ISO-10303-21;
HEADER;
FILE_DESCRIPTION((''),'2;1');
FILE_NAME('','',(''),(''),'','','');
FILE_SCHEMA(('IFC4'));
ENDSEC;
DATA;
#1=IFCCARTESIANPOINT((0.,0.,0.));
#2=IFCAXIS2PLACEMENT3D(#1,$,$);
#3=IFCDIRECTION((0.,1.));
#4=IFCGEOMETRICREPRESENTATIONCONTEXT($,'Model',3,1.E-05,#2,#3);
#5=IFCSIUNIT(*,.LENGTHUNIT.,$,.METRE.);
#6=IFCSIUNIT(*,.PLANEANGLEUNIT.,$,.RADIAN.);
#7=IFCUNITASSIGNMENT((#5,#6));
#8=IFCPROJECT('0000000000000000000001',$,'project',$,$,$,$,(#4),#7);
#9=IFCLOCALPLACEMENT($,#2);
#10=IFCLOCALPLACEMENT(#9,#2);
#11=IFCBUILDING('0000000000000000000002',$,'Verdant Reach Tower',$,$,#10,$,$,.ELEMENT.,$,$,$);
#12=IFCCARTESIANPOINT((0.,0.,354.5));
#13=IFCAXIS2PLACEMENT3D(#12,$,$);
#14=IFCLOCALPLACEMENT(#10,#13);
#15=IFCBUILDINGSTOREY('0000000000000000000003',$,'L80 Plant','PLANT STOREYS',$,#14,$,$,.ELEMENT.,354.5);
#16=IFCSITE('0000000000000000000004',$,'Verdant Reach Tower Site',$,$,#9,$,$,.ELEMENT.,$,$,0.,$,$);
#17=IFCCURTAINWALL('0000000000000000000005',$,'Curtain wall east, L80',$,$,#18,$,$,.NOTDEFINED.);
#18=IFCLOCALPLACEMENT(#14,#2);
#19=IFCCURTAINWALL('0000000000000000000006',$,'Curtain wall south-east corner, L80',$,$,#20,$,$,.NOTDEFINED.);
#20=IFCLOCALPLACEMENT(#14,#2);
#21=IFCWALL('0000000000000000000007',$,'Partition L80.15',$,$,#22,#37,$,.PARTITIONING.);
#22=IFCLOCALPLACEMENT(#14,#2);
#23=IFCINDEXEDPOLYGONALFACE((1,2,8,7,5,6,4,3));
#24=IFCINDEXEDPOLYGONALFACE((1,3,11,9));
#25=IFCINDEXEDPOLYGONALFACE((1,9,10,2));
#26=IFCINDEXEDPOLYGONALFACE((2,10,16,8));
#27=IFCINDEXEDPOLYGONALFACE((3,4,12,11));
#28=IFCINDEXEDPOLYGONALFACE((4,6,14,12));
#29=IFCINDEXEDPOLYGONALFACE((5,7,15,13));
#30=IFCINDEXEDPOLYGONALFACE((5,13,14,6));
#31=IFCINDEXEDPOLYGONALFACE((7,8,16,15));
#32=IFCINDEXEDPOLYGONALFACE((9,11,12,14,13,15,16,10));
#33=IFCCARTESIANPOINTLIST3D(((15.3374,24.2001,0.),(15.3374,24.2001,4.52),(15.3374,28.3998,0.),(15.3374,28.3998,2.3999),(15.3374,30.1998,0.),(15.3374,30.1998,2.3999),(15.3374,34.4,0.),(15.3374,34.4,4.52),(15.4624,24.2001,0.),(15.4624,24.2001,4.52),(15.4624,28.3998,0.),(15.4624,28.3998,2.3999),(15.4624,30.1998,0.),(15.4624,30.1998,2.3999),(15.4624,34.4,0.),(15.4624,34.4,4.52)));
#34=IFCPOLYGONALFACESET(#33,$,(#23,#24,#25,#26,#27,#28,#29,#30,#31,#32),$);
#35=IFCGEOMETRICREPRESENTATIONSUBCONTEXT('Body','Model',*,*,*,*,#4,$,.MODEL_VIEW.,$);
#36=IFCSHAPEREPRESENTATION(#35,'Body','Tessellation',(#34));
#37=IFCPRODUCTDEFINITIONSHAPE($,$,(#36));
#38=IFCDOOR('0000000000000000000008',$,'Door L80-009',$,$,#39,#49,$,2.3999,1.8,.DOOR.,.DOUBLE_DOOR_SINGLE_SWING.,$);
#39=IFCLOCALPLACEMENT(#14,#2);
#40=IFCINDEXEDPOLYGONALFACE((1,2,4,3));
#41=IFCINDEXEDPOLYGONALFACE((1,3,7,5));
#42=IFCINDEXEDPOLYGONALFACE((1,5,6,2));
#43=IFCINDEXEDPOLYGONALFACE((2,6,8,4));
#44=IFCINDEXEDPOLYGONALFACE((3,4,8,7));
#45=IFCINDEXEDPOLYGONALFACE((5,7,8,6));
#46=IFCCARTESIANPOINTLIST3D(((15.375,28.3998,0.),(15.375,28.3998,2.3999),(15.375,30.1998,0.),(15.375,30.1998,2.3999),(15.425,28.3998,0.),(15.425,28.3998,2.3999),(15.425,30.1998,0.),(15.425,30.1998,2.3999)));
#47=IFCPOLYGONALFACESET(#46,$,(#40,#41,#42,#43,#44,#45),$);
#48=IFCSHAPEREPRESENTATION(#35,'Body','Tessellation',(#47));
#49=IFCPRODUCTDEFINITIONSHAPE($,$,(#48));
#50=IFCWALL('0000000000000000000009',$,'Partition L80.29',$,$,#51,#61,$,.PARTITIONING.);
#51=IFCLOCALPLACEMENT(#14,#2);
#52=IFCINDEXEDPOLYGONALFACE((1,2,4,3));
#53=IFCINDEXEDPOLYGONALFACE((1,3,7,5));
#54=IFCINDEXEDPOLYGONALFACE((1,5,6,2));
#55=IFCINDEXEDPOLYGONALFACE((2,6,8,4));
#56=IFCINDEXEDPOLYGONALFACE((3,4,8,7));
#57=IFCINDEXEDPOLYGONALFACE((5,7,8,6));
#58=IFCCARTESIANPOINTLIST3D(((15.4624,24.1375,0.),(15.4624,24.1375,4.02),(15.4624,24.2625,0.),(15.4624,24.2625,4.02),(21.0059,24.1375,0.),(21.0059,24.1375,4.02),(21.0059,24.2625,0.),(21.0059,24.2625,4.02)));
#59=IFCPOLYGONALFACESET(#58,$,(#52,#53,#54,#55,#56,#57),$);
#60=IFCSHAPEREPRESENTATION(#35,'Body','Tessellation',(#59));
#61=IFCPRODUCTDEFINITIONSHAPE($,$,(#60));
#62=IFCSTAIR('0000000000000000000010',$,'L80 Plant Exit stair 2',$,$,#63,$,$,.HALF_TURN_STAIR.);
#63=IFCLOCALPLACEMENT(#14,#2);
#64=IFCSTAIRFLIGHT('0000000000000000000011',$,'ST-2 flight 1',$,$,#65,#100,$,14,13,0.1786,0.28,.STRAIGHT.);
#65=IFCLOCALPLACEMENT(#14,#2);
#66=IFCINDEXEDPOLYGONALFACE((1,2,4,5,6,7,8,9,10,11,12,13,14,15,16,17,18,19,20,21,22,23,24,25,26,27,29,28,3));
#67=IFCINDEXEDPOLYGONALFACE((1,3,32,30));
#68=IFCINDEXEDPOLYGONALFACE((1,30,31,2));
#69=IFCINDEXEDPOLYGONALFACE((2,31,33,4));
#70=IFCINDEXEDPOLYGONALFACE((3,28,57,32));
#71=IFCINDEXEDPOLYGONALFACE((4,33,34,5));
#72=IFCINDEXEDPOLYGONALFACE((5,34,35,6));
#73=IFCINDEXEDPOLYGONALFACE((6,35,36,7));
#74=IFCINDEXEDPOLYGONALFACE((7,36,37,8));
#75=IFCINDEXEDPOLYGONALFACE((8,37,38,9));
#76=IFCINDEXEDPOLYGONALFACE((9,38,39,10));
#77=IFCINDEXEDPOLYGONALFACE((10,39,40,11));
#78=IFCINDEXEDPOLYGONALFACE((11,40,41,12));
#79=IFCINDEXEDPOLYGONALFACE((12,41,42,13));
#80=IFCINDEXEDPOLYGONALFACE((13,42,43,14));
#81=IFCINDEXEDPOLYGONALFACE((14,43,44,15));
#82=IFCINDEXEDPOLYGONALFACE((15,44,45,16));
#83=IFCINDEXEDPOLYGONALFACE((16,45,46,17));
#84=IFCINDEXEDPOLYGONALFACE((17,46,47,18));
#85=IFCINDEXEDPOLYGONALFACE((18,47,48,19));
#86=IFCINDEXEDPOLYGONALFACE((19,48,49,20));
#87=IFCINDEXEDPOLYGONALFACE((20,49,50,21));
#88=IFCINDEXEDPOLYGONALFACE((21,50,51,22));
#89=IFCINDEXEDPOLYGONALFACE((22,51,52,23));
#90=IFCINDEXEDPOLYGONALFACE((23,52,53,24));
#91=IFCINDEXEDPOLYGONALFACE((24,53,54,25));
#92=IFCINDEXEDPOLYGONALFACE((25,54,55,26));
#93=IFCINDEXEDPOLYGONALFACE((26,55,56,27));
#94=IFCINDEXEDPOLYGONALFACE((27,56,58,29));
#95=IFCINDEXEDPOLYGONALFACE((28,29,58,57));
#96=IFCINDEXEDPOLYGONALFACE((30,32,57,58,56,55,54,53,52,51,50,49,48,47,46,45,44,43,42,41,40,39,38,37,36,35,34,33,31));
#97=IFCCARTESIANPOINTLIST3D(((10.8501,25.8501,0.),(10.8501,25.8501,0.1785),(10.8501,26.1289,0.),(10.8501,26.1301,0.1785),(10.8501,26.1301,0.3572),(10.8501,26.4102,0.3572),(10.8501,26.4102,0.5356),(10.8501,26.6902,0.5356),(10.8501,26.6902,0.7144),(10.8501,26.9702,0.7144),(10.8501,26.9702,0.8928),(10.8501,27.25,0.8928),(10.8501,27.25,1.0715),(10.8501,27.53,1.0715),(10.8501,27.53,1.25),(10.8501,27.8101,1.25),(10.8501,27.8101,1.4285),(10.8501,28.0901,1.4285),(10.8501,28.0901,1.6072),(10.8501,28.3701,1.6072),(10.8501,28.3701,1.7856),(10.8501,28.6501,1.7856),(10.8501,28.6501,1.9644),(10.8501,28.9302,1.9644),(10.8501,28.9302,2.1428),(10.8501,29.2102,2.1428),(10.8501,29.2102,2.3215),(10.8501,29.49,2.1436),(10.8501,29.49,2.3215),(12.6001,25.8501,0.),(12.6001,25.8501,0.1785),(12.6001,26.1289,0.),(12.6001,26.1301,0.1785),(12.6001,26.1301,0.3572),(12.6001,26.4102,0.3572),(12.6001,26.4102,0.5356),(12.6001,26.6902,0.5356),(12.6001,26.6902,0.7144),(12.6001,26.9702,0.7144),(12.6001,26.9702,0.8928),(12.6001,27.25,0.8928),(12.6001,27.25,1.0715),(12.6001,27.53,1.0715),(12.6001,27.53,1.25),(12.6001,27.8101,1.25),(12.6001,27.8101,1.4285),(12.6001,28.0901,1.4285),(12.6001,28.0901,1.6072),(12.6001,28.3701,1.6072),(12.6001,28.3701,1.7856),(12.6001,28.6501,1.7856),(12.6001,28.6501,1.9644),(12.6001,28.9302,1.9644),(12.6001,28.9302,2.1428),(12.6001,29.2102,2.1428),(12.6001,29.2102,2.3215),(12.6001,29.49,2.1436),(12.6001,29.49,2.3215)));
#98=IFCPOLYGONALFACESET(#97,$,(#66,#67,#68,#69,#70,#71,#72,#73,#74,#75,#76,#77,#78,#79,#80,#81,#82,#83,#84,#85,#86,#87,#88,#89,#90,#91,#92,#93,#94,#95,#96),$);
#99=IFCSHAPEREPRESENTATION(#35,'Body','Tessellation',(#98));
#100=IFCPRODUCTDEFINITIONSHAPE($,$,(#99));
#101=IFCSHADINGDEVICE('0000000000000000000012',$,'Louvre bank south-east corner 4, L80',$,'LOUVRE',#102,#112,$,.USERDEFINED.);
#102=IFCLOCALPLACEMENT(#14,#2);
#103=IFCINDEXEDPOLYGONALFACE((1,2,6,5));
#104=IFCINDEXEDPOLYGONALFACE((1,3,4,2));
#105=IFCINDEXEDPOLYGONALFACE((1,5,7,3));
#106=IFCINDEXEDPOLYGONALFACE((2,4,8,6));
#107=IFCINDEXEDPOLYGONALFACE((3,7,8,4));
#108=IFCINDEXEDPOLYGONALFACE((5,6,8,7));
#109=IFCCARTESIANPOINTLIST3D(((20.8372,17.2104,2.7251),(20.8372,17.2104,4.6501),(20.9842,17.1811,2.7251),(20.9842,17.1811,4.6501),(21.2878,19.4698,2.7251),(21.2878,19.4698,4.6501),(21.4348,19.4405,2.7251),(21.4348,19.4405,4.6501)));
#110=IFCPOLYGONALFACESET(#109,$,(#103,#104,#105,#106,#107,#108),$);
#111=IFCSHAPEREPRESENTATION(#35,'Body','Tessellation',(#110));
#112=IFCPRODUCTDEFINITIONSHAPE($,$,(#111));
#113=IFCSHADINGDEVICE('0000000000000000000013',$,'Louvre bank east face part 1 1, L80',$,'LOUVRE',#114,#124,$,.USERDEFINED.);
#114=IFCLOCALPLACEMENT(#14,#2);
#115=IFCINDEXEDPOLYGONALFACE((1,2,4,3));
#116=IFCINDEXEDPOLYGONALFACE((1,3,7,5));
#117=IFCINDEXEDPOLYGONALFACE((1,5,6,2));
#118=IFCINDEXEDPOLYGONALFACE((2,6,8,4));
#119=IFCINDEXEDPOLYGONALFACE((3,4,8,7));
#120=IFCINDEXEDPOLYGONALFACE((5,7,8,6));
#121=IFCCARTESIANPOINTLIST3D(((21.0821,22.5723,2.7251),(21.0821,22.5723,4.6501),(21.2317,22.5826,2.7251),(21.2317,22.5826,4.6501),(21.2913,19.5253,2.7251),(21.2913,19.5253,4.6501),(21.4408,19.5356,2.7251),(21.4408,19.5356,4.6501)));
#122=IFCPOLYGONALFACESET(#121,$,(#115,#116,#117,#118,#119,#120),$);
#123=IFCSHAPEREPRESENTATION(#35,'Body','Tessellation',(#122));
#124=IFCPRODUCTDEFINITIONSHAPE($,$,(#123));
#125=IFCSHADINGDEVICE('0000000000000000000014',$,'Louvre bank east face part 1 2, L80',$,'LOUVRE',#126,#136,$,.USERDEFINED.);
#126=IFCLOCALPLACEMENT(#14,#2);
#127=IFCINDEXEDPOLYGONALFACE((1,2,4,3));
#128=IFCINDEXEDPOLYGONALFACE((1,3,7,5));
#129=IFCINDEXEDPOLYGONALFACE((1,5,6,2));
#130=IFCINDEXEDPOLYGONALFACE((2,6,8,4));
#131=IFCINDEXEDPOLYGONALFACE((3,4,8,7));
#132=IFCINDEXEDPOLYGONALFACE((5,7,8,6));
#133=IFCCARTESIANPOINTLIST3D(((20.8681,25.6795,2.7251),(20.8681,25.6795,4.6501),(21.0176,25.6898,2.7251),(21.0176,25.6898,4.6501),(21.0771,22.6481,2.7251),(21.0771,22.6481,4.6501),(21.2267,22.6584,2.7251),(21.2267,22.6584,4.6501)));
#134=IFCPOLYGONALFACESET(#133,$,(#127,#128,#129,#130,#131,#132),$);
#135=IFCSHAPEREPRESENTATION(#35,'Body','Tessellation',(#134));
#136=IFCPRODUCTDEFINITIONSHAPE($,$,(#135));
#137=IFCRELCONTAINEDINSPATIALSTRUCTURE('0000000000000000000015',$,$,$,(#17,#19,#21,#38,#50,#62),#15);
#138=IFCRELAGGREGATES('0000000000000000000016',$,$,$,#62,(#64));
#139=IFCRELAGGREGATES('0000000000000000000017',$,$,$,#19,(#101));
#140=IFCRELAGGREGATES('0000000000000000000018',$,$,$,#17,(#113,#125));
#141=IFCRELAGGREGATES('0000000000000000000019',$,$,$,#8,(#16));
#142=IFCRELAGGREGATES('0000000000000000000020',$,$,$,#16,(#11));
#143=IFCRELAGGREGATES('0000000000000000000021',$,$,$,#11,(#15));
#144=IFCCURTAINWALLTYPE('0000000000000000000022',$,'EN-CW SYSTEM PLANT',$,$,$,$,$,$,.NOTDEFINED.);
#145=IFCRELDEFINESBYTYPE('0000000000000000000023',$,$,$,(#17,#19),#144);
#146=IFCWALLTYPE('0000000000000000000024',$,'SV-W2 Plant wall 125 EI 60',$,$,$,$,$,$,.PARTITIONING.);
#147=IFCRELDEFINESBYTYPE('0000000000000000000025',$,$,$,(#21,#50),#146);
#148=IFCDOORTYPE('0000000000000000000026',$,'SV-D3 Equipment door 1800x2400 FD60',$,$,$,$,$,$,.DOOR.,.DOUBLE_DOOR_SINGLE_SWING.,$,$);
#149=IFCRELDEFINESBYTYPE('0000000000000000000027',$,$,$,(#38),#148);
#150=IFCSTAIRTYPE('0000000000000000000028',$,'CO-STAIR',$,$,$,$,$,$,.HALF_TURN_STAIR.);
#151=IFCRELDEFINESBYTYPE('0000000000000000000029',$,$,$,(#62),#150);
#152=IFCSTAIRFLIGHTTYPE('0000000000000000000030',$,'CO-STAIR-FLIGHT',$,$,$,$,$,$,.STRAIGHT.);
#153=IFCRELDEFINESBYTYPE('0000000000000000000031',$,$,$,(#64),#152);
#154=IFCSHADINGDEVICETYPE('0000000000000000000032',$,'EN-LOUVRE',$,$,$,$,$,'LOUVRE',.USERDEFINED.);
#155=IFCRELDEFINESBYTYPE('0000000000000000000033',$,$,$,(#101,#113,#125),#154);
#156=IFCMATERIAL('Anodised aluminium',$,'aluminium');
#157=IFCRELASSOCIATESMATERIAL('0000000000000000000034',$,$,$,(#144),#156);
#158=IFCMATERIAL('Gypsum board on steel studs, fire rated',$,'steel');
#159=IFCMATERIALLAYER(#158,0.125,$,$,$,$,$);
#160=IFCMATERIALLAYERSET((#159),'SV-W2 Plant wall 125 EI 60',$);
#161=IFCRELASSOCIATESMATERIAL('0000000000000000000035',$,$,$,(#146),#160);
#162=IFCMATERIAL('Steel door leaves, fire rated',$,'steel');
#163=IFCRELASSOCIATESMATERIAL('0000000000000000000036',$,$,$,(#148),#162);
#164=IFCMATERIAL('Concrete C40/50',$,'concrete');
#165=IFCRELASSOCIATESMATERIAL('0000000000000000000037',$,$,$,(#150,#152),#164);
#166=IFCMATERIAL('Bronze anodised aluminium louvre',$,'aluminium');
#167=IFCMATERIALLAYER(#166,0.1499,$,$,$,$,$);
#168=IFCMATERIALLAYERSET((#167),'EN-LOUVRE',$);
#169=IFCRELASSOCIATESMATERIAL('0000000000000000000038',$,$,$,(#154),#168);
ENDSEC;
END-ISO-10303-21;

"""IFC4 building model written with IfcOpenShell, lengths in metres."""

from ifc_helpers import new_model, si_unit, direction, frame, frame_2d, origin, origin_2d, place, context, subcontext, project, spatial, polyline, rectangle, outline, extrude, material, layer, layer_set, type_object, element, fill, aggregate, save


model = new_model("IFC4")

# Units and contexts
model_context = context("Model", 3, precision=1e-05, world=origin(), true_north=direction((0.0, 1.0)))
body_context = subcontext(model_context, "Body", "Model", "MODEL_VIEW")
ifc_project = project(units=[si_unit("LENGTHUNIT", "METRE"), si_unit("PLANEANGLEUNIT", "RADIAN")], contexts=[model_context])

# Site, building, storey
site_placement = place(None, origin())
site = spatial("IfcSite", under=ifc_project, at=site_placement, Name="Verdant Reach Tower Site", CompositionType="ELEMENT", RefElevation=0.0)
building_placement = place(site_placement, origin())
building = spatial("IfcBuilding", under=site, at=building_placement, Name="Verdant Reach Tower", CompositionType="ELEMENT")
storey_placement = place(building_placement, frame((0.0, 0.0, 354.5)))
storey = spatial("IfcBuildingStorey", under=building, at=storey_placement, Name="L80 Plant", Description="PLANT STOREYS", CompositionType="ELEMENT", Elevation=354.5)

# Curtain wall
ifc_material_1 = material(Name="Anodised aluminium", Category="aluminium")
curtain_wall_type = type_object("IfcCurtainWallType", Name="EN-CW SYSTEM PLANT", PredefinedType="NOTDEFINED", material=ifc_material_1)
curtain_wall_1_placement = place(storey_placement, origin())
curtain_wall_1 = element("IfcCurtainWall", 1, at=curtain_wall_1_placement, inside=storey, type_object=curtain_wall_type, Name="Curtain wall east, L80", PredefinedType="NOTDEFINED")

# Curtain wall
curtain_wall_2_placement = place(storey_placement, origin())
curtain_wall_2 = element("IfcCurtainWall", 2, at=curtain_wall_2_placement, inside=storey, type_object=curtain_wall_type, Name="Curtain wall south-east corner, L80", PredefinedType="NOTDEFINED")

# Shared definitions
ifc_material_2 = material(Name="Concrete C40/50", Category="concrete")

# Wall, opening, door
ifc_material_3 = material(Name="Gypsum board on steel studs, fire rated", Category="steel")
ifc_layer_1 = layer(ifc_material_3, 0.125)
ifc_layer_set_1 = layer_set([ifc_layer_1], Name="SV-W2 Plant wall 125 EI 60")
wall_type_1 = type_object("IfcWallType", Name="SV-W2 Plant wall 125 EI 60", PredefinedType="PARTITIONING", material=ifc_layer_set_1)
wall_1_placement = place(storey_placement, frame((15.3999, 24.2, 0.0), z_axis=(0.0, 0.0, 1.0), x_axis=(0.0, 1.0, 0.0)))
wall_1 = element("IfcWall", 3, at=wall_1_placement, inside=storey, type_object=wall_type_1, Name="Partition L80.15", PredefinedType="PARTITIONING", context=body_context, shape_type="SweptSolid", body=[
    extrude(rectangle(XDim=10.2, YDim=0.125, at=frame_2d((5.1001, 0.0))), origin(), (0.0, 0.0, 1.0), 4.52),
])
opening_1_placement = place(wall_1_placement, frame((4.2, 0.0, 0.0)))
opening_1 = element("IfcOpeningElement", 4, at=opening_1_placement, cuts=wall_1, PredefinedType="OPENING", context=body_context, shape_type="SweptSolid", body=[
    extrude(rectangle(XDim=1.8, YDim=2.3999, at=frame_2d((0.8999, 1.2))), frame((0.0, 0.0725, 0.0), z_axis=(0.0, -1.0, 0.0), x_axis=(1.0, 0.0, 0.0)), (0.0, 0.0, 1.0), 0.145),
])
ifc_material_4 = material(Name="Steel door leaves, fire rated", Category="steel")
door_type_1 = type_object("IfcDoorType", Name="SV-D3 Equipment door 1800x2400 FD60", OperationType="DOUBLE_DOOR_SINGLE_SWING", PredefinedType="DOOR", material=ifc_material_4)
door_1_placement = place(opening_1_placement, origin())
door_1 = element("IfcDoor", 5, at=door_1_placement, inside=storey, type_object=door_type_1, Name="Door L80-009", OperationType="DOUBLE_DOOR_SINGLE_SWING", OverallHeight=2.3999, OverallWidth=1.8, PredefinedType="DOOR", context=body_context, shape_type="SweptSolid", body=[
    extrude(rectangle(XDim=1.8, YDim=2.3999, at=frame_2d((0.8999, 1.2))), frame((0.0, 0.0249, 0.0), z_axis=(0.0, -1.0, 0.0), x_axis=(1.0, 0.0, 0.0)), (0.0, 0.0, 1.0), 0.05),
])
fill(opening_1, door_1)

# Wall
wall_2_placement = place(storey_placement, frame((15.4624, 24.2, 0.0), z_axis=(0.0, 0.0, 1.0), x_axis=(1.0, 0.0, 0.0)))
element("IfcWall", 6, at=wall_2_placement, inside=storey, type_object=wall_type_1, Name="Partition L80.29", PredefinedType="PARTITIONING", context=body_context, shape_type="SweptSolid", body=[
    extrude(rectangle(XDim=5.5435, YDim=0.125, at=frame_2d((2.7717, 0.0))), origin(), (0.0, 0.0, 1.0), 4.02),
])

# Stair, stair flight
stair_type = type_object("IfcStairType", Name="CO-STAIR", PredefinedType="HALF_TURN_STAIR", material=ifc_material_2)
stair_placement = place(storey_placement, origin())
stair = element("IfcStair", 7, at=stair_placement, inside=storey, type_object=stair_type, Name="L80 Plant Exit stair 2", PredefinedType="HALF_TURN_STAIR")
stair_flight_type = type_object("IfcStairFlightType", Name="CO-STAIR-FLIGHT", PredefinedType="STRAIGHT", material=ifc_material_2)
stair_flight_placement = place(storey_placement, frame((11.7251, 25.8501, 0.0), z_axis=(0.0, 0.0, 1.0), x_axis=(0.0, 1.0, 0.0)))
stair_flight = element("IfcStairFlight", 8, at=stair_flight_placement, type_object=stair_flight_type, Name="ST-2 flight 1", NumberOfRisers=14, NumberOfTreads=13, PredefinedType="STRAIGHT", RiserHeight=0.1786, TreadLength=0.28, context=body_context, shape_type="SweptSolid", body=[
    extrude(outline(polyline([(0.0, 0.0), (0.0, 0.1785), (0.28, 0.1785), (0.28, 0.3572), (0.5601, 0.3572), (0.5601, 0.5356), (0.8401, 0.5356), (0.8401, 0.7144), (1.1201, 0.7144), (1.1201, 0.8928), (1.3999, 0.8928), (1.3999, 1.0715), (1.6799, 1.0715), (1.6799, 1.25), (1.96, 1.25), (1.96, 1.4285), (2.24, 1.4285), (2.24, 1.6072), (2.52, 1.6072), (2.52, 1.7856), (2.8, 1.7856), (2.8, 1.9644), (3.0801, 1.9644), (3.0801, 2.1428), (3.3601, 2.1428), (3.3601, 2.3215), (3.6399, 2.3215), (3.6399, 2.5), (3.6399, 2.1436), (0.2788, 0.0), (0.0, 0.0)])), frame((0.0, 0.875, 0.0), z_axis=(0.0, -1.0, 0.0), x_axis=(1.0, 0.0, 0.0)), (0.0, 0.0, 1.0), 1.75),
])
aggregate(stair, [stair_flight])

# Shading devices
ifc_material_5 = material(Name="Bronze anodised aluminium louvre", Category="aluminium")
ifc_layer_2 = layer(ifc_material_5, 0.1499)
ifc_layer_set_2 = layer_set([ifc_layer_2], Name="EN-LOUVRE")
shading_device_type = type_object("IfcShadingDeviceType", Name="EN-LOUVRE", ElementType="LOUVRE", PredefinedType="USERDEFINED", material=ifc_layer_set_2)
shading_device_1_placement = place(storey_placement, frame((21.136, 18.3254, 2.7251), z_axis=(0.0, 0.0, 1.0), x_axis=(0.195593, 0.980685, 0.0)))
shading_device_1 = element("IfcShadingDevice", 9, at=shading_device_1_placement, type_object=shading_device_type, Name="Louvre bank south-east corner 4, L80", ObjectType="LOUVRE", PredefinedType="USERDEFINED", context=body_context, shape_type="SweptSolid", body=[
    extrude(rectangle(XDim=2.304, YDim=0.1499, at=origin_2d()), origin(), (0.0, 0.0, 1.0), 1.925),
])
aggregate(curtain_wall_2, [shading_device_1])
shading_device_2_placement = place(storey_placement, frame((21.2615, 21.054, 2.7251), z_axis=(0.0, 0.0, 1.0), x_axis=(-0.068469, 0.997653, 0.0)))
shading_device_2 = element("IfcShadingDevice", 10, at=shading_device_2_placement, type_object=shading_device_type, Name="Louvre bank east face part 1 1, L80", ObjectType="LOUVRE", PredefinedType="USERDEFINED", context=body_context, shape_type="SweptSolid", body=[
    extrude(rectangle(XDim=3.0542, YDim=0.1499, at=origin_2d()), origin(), (0.0, 0.0, 1.0), 1.925),
])
shading_device_3_placement = place(storey_placement, frame((21.0474, 24.1689, 2.7251), z_axis=(0.0, 0.0, 1.0), x_axis=(-0.068802, 0.99763, 0.0)))
shading_device_3 = element("IfcShadingDevice", 11, at=shading_device_3_placement, type_object=shading_device_type, Name="Louvre bank east face part 1 2, L80", ObjectType="LOUVRE", PredefinedType="USERDEFINED", context=body_context, shape_type="SweptSolid", body=[
    extrude(rectangle(XDim=3.0386, YDim=0.1499, at=origin_2d()), origin(), (0.0, 0.0, 1.0), 1.925),
])
aggregate(curtain_wall_1, [shading_device_2, shading_device_3])

save(model, "model.ifc")
